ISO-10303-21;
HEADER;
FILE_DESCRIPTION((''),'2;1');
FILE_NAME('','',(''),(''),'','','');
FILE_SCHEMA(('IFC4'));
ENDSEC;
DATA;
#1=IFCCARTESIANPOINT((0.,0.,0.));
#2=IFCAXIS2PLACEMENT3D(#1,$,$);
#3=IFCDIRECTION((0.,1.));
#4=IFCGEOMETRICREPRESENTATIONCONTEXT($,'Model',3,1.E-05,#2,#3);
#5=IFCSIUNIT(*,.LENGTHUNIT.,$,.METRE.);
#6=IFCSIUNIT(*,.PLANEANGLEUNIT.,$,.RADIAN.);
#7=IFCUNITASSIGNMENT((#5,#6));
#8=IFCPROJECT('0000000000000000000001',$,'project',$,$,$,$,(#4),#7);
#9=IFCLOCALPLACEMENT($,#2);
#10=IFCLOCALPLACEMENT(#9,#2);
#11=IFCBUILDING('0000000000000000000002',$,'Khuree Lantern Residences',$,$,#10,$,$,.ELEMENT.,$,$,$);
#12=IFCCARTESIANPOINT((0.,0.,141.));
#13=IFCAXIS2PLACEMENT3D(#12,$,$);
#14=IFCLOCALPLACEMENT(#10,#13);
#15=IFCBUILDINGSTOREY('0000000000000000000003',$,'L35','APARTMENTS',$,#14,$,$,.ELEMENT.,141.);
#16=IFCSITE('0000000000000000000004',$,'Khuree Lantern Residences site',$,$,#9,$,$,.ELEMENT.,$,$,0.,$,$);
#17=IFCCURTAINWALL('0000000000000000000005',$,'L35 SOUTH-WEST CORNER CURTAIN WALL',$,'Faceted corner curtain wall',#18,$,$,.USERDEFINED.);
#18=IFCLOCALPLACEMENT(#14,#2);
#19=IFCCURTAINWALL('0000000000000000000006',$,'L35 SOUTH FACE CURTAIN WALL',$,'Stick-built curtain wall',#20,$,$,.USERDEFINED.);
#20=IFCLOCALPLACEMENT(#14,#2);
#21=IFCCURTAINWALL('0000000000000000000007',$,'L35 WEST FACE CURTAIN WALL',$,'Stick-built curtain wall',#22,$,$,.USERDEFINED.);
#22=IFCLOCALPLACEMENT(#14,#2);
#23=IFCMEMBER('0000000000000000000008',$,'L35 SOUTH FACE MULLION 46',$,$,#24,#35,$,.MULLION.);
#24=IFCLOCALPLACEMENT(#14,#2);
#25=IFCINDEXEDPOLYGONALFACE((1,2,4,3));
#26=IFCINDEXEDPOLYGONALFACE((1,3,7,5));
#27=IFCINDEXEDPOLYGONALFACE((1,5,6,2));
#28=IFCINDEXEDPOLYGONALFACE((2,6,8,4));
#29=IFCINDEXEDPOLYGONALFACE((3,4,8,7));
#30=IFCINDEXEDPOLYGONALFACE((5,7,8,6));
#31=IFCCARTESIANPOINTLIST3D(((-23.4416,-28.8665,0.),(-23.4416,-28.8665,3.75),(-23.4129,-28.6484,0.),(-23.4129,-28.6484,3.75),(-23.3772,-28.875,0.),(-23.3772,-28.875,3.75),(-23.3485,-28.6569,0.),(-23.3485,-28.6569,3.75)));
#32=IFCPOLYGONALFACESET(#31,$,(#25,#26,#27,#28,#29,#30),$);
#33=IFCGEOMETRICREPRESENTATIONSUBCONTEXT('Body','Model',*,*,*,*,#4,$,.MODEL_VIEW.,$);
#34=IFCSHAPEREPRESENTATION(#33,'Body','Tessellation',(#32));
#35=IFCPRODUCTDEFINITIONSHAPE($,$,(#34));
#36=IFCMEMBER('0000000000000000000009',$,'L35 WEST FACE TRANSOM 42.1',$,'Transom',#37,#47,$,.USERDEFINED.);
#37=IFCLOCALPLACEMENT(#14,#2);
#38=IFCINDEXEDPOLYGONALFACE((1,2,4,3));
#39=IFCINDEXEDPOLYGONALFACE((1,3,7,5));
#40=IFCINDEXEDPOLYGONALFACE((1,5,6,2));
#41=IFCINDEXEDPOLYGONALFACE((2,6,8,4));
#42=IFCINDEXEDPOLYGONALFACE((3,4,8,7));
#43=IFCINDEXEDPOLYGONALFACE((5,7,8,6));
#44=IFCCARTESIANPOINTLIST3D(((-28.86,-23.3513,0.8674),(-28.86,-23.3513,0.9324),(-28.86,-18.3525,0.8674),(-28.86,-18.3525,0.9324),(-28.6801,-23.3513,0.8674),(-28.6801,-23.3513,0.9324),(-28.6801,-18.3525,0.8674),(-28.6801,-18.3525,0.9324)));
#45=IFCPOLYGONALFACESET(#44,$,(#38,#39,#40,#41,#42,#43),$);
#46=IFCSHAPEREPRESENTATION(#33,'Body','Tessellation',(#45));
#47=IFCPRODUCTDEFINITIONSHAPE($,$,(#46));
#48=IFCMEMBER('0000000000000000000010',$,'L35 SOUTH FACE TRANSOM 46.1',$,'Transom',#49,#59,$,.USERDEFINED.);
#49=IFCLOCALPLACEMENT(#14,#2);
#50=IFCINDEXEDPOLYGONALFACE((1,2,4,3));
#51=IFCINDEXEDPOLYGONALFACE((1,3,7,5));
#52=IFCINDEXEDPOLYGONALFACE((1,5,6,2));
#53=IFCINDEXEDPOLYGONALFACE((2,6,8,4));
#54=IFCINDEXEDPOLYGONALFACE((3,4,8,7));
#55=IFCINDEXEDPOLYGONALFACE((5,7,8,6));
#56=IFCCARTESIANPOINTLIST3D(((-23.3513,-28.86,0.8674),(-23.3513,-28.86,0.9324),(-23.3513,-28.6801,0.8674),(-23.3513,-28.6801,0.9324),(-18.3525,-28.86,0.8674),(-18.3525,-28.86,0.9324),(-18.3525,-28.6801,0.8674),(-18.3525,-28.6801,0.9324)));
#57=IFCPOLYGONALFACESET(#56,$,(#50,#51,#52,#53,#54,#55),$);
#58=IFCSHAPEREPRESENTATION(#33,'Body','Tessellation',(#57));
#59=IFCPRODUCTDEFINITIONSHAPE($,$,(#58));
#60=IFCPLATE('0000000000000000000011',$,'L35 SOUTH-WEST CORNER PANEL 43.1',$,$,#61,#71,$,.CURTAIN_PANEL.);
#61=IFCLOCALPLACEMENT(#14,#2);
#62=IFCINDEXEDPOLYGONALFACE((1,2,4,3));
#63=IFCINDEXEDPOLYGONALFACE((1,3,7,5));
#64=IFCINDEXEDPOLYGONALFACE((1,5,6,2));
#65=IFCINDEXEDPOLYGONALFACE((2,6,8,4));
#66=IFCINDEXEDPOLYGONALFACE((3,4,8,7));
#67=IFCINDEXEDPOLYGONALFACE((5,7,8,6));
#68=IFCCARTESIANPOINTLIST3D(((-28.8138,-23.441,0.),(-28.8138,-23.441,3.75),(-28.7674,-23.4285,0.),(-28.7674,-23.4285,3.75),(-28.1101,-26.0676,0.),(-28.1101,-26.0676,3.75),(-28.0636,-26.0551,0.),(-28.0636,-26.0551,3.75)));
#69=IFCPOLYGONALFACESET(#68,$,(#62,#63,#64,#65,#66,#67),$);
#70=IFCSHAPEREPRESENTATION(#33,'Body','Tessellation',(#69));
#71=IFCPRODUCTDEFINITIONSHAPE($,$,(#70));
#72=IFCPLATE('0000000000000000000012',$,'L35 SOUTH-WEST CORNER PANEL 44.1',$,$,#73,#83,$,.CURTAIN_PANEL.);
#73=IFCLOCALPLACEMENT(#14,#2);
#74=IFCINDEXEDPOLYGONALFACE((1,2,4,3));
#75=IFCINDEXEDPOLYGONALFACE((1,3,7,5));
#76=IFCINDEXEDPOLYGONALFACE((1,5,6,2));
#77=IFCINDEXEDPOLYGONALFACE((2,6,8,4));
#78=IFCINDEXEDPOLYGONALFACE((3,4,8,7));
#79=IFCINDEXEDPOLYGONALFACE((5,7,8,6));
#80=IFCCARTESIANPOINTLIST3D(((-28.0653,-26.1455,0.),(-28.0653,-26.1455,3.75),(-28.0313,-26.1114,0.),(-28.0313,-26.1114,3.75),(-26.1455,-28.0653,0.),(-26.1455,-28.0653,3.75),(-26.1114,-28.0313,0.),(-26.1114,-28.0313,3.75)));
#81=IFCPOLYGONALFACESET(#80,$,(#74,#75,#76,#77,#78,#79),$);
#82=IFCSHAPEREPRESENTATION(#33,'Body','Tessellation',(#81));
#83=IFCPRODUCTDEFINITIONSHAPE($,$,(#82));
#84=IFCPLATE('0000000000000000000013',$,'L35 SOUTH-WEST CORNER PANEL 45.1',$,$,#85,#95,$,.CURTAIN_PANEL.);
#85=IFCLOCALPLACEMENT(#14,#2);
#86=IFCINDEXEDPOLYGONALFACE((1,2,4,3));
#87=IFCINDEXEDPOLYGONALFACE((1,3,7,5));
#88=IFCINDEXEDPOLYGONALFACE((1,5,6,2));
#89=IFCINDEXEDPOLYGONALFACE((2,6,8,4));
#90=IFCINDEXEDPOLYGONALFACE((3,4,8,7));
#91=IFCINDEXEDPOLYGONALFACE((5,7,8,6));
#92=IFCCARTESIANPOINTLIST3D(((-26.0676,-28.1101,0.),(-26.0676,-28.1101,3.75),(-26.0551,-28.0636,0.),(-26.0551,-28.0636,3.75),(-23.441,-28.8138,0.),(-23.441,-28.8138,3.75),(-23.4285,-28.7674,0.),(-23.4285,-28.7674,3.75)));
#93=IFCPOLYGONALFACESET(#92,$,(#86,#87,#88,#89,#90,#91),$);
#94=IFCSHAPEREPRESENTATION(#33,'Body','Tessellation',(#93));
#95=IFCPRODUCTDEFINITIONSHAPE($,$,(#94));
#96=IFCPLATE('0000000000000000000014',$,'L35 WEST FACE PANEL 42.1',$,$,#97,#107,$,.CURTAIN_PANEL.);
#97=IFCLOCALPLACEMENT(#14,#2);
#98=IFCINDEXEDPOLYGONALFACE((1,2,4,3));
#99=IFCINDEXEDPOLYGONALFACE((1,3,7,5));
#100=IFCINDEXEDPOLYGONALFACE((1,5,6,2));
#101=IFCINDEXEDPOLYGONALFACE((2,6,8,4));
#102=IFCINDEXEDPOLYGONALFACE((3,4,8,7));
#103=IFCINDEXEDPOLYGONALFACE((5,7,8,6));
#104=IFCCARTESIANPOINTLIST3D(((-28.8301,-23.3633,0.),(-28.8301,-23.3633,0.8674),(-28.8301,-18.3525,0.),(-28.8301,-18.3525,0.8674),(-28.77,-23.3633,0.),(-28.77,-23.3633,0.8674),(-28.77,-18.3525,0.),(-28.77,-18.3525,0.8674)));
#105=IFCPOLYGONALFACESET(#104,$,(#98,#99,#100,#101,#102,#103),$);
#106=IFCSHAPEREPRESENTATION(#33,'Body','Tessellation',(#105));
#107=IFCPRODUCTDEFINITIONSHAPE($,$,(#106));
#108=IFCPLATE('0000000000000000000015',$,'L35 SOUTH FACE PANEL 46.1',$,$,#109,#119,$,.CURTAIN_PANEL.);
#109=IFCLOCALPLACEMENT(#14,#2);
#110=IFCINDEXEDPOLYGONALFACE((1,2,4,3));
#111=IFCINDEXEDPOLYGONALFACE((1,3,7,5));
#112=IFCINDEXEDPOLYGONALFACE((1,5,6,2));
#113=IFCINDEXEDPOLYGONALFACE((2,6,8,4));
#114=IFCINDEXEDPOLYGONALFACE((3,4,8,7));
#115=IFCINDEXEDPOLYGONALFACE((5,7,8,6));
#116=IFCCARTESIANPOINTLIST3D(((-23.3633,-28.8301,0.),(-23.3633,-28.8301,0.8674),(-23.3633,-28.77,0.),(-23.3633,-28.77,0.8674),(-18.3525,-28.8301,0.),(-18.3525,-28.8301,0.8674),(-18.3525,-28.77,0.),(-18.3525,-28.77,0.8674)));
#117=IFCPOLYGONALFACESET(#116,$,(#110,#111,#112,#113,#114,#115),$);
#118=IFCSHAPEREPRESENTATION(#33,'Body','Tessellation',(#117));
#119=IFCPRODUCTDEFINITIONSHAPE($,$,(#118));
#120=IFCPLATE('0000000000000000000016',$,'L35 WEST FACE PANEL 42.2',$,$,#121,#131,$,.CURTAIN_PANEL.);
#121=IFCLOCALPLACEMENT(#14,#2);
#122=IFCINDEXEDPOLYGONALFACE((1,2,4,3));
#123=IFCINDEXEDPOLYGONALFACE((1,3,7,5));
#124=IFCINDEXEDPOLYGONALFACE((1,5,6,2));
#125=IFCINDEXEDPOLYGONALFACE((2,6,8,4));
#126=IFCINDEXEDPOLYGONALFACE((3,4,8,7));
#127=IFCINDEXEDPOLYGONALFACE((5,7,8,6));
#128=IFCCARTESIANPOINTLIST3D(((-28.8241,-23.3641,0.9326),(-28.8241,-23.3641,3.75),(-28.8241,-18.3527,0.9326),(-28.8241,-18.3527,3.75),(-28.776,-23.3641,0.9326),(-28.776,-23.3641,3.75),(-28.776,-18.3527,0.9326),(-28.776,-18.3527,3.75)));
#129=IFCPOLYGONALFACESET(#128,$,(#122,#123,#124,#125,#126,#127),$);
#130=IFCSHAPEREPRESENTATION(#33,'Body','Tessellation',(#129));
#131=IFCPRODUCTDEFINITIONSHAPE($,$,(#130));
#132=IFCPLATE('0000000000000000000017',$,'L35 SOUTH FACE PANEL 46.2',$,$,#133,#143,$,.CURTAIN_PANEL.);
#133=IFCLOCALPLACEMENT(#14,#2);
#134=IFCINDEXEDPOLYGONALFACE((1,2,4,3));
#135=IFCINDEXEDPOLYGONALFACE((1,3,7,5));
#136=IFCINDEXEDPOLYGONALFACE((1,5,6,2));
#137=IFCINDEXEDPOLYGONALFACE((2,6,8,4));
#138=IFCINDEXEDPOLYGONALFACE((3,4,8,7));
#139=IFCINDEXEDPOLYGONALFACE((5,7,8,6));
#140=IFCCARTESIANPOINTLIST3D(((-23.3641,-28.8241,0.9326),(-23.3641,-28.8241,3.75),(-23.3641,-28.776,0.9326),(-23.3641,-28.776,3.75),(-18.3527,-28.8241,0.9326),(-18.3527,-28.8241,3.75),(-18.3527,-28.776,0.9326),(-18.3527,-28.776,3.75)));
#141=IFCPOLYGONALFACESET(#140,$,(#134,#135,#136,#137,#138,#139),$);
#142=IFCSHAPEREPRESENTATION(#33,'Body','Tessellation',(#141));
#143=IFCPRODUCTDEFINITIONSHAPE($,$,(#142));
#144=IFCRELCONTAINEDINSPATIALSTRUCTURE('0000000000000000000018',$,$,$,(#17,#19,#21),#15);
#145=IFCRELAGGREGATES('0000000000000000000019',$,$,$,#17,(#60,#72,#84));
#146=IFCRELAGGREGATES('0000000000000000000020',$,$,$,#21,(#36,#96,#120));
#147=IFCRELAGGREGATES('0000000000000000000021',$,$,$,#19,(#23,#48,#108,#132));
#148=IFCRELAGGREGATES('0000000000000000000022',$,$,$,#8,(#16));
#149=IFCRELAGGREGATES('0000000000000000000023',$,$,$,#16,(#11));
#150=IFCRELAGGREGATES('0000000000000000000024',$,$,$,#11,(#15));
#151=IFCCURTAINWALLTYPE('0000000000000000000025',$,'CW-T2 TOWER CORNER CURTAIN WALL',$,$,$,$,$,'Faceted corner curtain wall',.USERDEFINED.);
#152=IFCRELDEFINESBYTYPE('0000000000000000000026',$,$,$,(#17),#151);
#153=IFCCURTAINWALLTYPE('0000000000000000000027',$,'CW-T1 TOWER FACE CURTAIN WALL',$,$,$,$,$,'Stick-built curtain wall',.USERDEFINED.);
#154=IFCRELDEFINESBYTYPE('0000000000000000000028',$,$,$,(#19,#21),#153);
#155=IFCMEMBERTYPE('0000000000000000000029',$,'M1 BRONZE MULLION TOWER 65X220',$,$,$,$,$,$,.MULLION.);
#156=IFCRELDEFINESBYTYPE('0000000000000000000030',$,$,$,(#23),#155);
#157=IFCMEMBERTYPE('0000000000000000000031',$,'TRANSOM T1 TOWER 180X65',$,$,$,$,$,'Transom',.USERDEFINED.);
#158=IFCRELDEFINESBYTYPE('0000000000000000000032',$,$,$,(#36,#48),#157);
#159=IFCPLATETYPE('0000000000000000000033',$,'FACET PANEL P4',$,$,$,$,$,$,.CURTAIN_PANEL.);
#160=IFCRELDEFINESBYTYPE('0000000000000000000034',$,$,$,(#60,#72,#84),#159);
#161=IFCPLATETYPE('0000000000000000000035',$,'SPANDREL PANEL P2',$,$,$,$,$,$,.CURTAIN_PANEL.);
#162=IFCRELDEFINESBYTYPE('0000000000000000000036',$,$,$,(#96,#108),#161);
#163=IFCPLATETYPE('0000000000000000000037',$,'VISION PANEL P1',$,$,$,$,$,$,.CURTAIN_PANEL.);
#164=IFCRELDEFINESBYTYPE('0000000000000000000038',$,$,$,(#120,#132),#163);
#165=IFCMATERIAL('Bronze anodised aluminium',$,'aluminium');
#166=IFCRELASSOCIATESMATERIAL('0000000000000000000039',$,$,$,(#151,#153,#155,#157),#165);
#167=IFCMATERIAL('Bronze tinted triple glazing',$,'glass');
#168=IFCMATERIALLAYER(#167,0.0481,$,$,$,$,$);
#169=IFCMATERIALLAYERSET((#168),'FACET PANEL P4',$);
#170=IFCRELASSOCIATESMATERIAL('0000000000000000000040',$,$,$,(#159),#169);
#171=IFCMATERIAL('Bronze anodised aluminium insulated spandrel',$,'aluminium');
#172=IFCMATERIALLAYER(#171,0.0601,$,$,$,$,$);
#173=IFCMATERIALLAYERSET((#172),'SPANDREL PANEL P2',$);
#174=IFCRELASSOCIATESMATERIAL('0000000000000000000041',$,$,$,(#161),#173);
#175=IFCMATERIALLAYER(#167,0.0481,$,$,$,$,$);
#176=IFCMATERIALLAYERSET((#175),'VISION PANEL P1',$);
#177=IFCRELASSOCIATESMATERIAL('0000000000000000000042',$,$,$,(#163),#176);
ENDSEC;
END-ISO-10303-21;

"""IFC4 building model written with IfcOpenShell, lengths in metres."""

from ifc_helpers import new_model, si_unit, direction, frame, origin, origin_2d, place, context, subcontext, project, spatial, rectangle, extrude, material, layer, layer_set, material_profile, profile_set, type_object, element, aggregate, save


model = new_model("IFC4")

# Units and contexts
model_context = context("Model", 3, precision=1e-05, world=origin(), true_north=direction((0.0, 1.0)))
body_context = subcontext(model_context, "Body", "Model", "MODEL_VIEW")
ifc_project = project(units=[si_unit("LENGTHUNIT", "METRE"), si_unit("PLANEANGLEUNIT", "RADIAN")], contexts=[model_context])

# Site, building, storey
site_placement = place(None, origin())
site = spatial("IfcSite", under=ifc_project, at=site_placement, Name="Khuree Lantern Residences site", CompositionType="ELEMENT", RefElevation=0.0)
building_placement = place(site_placement, origin())
building = spatial("IfcBuilding", under=site, at=building_placement, Name="Khuree Lantern Residences", CompositionType="ELEMENT")
storey_placement = place(building_placement, frame((0.0, 0.0, 141.0)))
storey = spatial("IfcBuildingStorey", under=building, at=storey_placement, Name="L35", Description="APARTMENTS", CompositionType="ELEMENT", Elevation=141.0)

# Curtain walls
ifc_material_1 = material(Name="Bronze anodised aluminium", Category="aluminium")
curtain_wall_type_1 = type_object("IfcCurtainWallType", Name="CW-T2 TOWER CORNER CURTAIN WALL", ElementType="Faceted corner curtain wall", PredefinedType="USERDEFINED", material=ifc_material_1)
curtain_wall_1_placement = place(storey_placement, origin())
curtain_wall_1 = element("IfcCurtainWall", 1, at=curtain_wall_1_placement, inside=storey, type_object=curtain_wall_type_1, Name="L35 SOUTH-WEST CORNER CURTAIN WALL", ObjectType="Faceted corner curtain wall", PredefinedType="USERDEFINED")
curtain_wall_type_2 = type_object("IfcCurtainWallType", Name="CW-T1 TOWER FACE CURTAIN WALL", ElementType="Stick-built curtain wall", PredefinedType="USERDEFINED", material=ifc_material_1)
curtain_wall_2_placement = place(storey_placement, origin())
curtain_wall_2 = element("IfcCurtainWall", 2, at=curtain_wall_2_placement, inside=storey, type_object=curtain_wall_type_2, Name="L35 SOUTH FACE CURTAIN WALL", ObjectType="Stick-built curtain wall", PredefinedType="USERDEFINED")

# Curtain wall
curtain_wall_3_placement = place(storey_placement, origin())
curtain_wall_3 = element("IfcCurtainWall", 3, at=curtain_wall_3_placement, inside=storey, type_object=curtain_wall_type_2, Name="L35 WEST FACE CURTAIN WALL", ObjectType="Stick-built curtain wall", PredefinedType="USERDEFINED")
ifc_material_profile_1 = material_profile(ifc_material_1, rectangle(XDim=0.0649, YDim=0.22, at=origin_2d()), Name="M1 65X220")
ifc_profile_set_1 = profile_set([ifc_material_profile_1], Name="Bronze anodised aluminium")
member_type_1 = type_object("IfcMemberType", Name="M1 BRONZE MULLION TOWER 65X220", PredefinedType="MULLION", material=ifc_profile_set_1)

# Members
member_1_placement = place(storey_placement, frame((-23.395, -28.7617, 0.0), z_axis=(0.0, 0.0, 1.0), x_axis=(0.991445, -0.130526, 0.0)))
member_1 = element("IfcMember", 4, at=member_1_placement, type_object=member_type_1, Name="L35 SOUTH FACE MULLION 46", PredefinedType="MULLION", context=body_context, shape_type="SweptSolid", body=[
    extrude(rectangle(XDim=0.0649, YDim=0.22, at=origin_2d()), origin(), (0.0, 0.0, 1.0), 3.75),
])
ifc_material_profile_2 = material_profile(ifc_material_1, rectangle(XDim=0.1799, YDim=0.0649, at=origin_2d()), Name="T1 180X65")
ifc_profile_set_2 = profile_set([ifc_material_profile_2], Name="Bronze anodised aluminium")
member_type_2 = type_object("IfcMemberType", Name="TRANSOM T1 TOWER 180X65", ElementType="Transom", PredefinedType="USERDEFINED", material=ifc_profile_set_2)
member_2_placement = place(storey_placement, frame((-28.77, -18.3525, 0.8999), z_axis=(0.0, -1.0, 0.0), x_axis=(1.0, 0.0, 0.0)))
member_2 = element("IfcMember", 5, at=member_2_placement, type_object=member_type_2, Name="L35 WEST FACE TRANSOM 42.1", ObjectType="Transom", PredefinedType="USERDEFINED", context=body_context, shape_type="SweptSolid", body=[
    extrude(rectangle(XDim=0.1799, YDim=0.0649, at=origin_2d()), origin(), (0.0, 0.0, 1.0), 4.9988),
])
member_3_placement = place(storey_placement, frame((-23.3513, -28.77, 0.8999), z_axis=(1.0, 0.0, 0.0), x_axis=(0.0, 1.0, 0.0)))
member_3 = element("IfcMember", 6, at=member_3_placement, type_object=member_type_2, Name="L35 SOUTH FACE TRANSOM 46.1", ObjectType="Transom", PredefinedType="USERDEFINED", context=body_context, shape_type="SweptSolid", body=[
    extrude(rectangle(XDim=0.1799, YDim=0.0649, at=origin_2d()), origin(), (0.0, 0.0, 1.0), 4.9988),
])

# Plates
ifc_material_2 = material(Name="Bronze tinted triple glazing", Category="glass")
ifc_layer_1 = layer(ifc_material_2, 0.0481)
ifc_layer_set_1 = layer_set([ifc_layer_1], Name="FACET PANEL P4")
plate_type_1 = type_object("IfcPlateType", Name="FACET PANEL P4", PredefinedType="CURTAIN_PANEL", material=ifc_layer_set_1)
plate_1_placement = place(storey_placement, frame((-28.4387, -24.748, 0.0), z_axis=(0.0, 0.0, 1.0), x_axis=(0.258819, -0.965926, 0.0)))
plate_1 = element("IfcPlate", 7, at=plate_1_placement, type_object=plate_type_1, Name="L35 SOUTH-WEST CORNER PANEL 43.1", PredefinedType="CURTAIN_PANEL", context=body_context, shape_type="SweptSolid", body=[
    extrude(rectangle(XDim=2.7192, YDim=0.0481, at=origin_2d()), origin(), (0.0, 0.0, 1.0), 3.75),
])
plate_2_placement = place(storey_placement, frame((-27.0884, -27.0884, 0.0), z_axis=(0.0, 0.0, 1.0), x_axis=(0.707107, -0.707107, 0.0)))
plate_2 = element("IfcPlate", 8, at=plate_2_placement, type_object=plate_type_1, Name="L35 SOUTH-WEST CORNER PANEL 44.1", PredefinedType="CURTAIN_PANEL", context=body_context, shape_type="SweptSolid", body=[
    extrude(rectangle(XDim=2.7151, YDim=0.0481, at=origin_2d()), origin(), (0.0, 0.0, 1.0), 3.75),
])
plate_3_placement = place(storey_placement, frame((-24.748, -28.4387, 0.0), z_axis=(0.0, 0.0, 1.0), x_axis=(0.965926, -0.258819, 0.0)))
plate_3 = element("IfcPlate", 9, at=plate_3_placement, type_object=plate_type_1, Name="L35 SOUTH-WEST CORNER PANEL 45.1", PredefinedType="CURTAIN_PANEL", context=body_context, shape_type="SweptSolid", body=[
    extrude(rectangle(XDim=2.7192, YDim=0.0481, at=origin_2d()), origin(), (0.0, 0.0, 1.0), 3.75),
])
aggregate(curtain_wall_1, [plate_1, plate_2, plate_3])
ifc_material_3 = material(Name="Bronze anodised aluminium insulated spandrel", Category="aluminium")
ifc_layer_2 = layer(ifc_material_3, 0.0601)
ifc_layer_set_2 = layer_set([ifc_layer_2], Name="SPANDREL PANEL P2")
plate_type_2 = type_object("IfcPlateType", Name="SPANDREL PANEL P2", PredefinedType="CURTAIN_PANEL", material=ifc_layer_set_2)
plate_4_placement = place(storey_placement, frame((-28.8, -20.8579, 0.0), z_axis=(0.0, 0.0, 1.0), x_axis=(0.0, -1.0, 0.0)))
plate_4 = element("IfcPlate", 10, at=plate_4_placement, type_object=plate_type_2, Name="L35 WEST FACE PANEL 42.1", PredefinedType="CURTAIN_PANEL", context=body_context, shape_type="SweptSolid", body=[
    extrude(rectangle(XDim=5.0107, YDim=0.0601, at=origin_2d()), origin(), (0.0, 0.0, 1.0), 0.8674),
])
plate_5_placement = place(storey_placement, frame((-20.8579, -28.8, 0.0), z_axis=(0.0, 0.0, 1.0), x_axis=(1.0, 0.0, 0.0)))
plate_5 = element("IfcPlate", 11, at=plate_5_placement, type_object=plate_type_2, Name="L35 SOUTH FACE PANEL 46.1", PredefinedType="CURTAIN_PANEL", context=body_context, shape_type="SweptSolid", body=[
    extrude(rectangle(XDim=5.0107, YDim=0.0601, at=origin_2d()), origin(), (0.0, 0.0, 1.0), 0.8674),
])
ifc_layer_3 = layer(ifc_material_2, 0.0481)
ifc_layer_set_3 = layer_set([ifc_layer_3], Name="VISION PANEL P1")
plate_type_3 = type_object("IfcPlateType", Name="VISION PANEL P1", PredefinedType="CURTAIN_PANEL", material=ifc_layer_set_3)
plate_6_placement = place(storey_placement, frame((-28.8, -20.8584, 0.9326), z_axis=(0.0, 0.0, 1.0), x_axis=(0.0, -1.0, 0.0)))
plate_6 = element("IfcPlate", 12, at=plate_6_placement, type_object=plate_type_3, Name="L35 WEST FACE PANEL 42.2", PredefinedType="CURTAIN_PANEL", context=body_context, shape_type="SweptSolid", body=[
    extrude(rectangle(XDim=5.0115, YDim=0.0481, at=origin_2d()), origin(), (0.0, 0.0, 1.0), 2.8174),
])
aggregate(curtain_wall_3, [member_2, plate_4, plate_6])
plate_7_placement = place(storey_placement, frame((-20.8584, -28.8, 0.9326), z_axis=(0.0, 0.0, 1.0), x_axis=(1.0, 0.0, 0.0)))
plate_7 = element("IfcPlate", 13, at=plate_7_placement, type_object=plate_type_3, Name="L35 SOUTH FACE PANEL 46.2", PredefinedType="CURTAIN_PANEL", context=body_context, shape_type="SweptSolid", body=[
    extrude(rectangle(XDim=5.0115, YDim=0.0481, at=origin_2d()), origin(), (0.0, 0.0, 1.0), 2.8174),
])
aggregate(curtain_wall_2, [member_1, member_3, plate_5, plate_7])

save(model, "model.ifc")
